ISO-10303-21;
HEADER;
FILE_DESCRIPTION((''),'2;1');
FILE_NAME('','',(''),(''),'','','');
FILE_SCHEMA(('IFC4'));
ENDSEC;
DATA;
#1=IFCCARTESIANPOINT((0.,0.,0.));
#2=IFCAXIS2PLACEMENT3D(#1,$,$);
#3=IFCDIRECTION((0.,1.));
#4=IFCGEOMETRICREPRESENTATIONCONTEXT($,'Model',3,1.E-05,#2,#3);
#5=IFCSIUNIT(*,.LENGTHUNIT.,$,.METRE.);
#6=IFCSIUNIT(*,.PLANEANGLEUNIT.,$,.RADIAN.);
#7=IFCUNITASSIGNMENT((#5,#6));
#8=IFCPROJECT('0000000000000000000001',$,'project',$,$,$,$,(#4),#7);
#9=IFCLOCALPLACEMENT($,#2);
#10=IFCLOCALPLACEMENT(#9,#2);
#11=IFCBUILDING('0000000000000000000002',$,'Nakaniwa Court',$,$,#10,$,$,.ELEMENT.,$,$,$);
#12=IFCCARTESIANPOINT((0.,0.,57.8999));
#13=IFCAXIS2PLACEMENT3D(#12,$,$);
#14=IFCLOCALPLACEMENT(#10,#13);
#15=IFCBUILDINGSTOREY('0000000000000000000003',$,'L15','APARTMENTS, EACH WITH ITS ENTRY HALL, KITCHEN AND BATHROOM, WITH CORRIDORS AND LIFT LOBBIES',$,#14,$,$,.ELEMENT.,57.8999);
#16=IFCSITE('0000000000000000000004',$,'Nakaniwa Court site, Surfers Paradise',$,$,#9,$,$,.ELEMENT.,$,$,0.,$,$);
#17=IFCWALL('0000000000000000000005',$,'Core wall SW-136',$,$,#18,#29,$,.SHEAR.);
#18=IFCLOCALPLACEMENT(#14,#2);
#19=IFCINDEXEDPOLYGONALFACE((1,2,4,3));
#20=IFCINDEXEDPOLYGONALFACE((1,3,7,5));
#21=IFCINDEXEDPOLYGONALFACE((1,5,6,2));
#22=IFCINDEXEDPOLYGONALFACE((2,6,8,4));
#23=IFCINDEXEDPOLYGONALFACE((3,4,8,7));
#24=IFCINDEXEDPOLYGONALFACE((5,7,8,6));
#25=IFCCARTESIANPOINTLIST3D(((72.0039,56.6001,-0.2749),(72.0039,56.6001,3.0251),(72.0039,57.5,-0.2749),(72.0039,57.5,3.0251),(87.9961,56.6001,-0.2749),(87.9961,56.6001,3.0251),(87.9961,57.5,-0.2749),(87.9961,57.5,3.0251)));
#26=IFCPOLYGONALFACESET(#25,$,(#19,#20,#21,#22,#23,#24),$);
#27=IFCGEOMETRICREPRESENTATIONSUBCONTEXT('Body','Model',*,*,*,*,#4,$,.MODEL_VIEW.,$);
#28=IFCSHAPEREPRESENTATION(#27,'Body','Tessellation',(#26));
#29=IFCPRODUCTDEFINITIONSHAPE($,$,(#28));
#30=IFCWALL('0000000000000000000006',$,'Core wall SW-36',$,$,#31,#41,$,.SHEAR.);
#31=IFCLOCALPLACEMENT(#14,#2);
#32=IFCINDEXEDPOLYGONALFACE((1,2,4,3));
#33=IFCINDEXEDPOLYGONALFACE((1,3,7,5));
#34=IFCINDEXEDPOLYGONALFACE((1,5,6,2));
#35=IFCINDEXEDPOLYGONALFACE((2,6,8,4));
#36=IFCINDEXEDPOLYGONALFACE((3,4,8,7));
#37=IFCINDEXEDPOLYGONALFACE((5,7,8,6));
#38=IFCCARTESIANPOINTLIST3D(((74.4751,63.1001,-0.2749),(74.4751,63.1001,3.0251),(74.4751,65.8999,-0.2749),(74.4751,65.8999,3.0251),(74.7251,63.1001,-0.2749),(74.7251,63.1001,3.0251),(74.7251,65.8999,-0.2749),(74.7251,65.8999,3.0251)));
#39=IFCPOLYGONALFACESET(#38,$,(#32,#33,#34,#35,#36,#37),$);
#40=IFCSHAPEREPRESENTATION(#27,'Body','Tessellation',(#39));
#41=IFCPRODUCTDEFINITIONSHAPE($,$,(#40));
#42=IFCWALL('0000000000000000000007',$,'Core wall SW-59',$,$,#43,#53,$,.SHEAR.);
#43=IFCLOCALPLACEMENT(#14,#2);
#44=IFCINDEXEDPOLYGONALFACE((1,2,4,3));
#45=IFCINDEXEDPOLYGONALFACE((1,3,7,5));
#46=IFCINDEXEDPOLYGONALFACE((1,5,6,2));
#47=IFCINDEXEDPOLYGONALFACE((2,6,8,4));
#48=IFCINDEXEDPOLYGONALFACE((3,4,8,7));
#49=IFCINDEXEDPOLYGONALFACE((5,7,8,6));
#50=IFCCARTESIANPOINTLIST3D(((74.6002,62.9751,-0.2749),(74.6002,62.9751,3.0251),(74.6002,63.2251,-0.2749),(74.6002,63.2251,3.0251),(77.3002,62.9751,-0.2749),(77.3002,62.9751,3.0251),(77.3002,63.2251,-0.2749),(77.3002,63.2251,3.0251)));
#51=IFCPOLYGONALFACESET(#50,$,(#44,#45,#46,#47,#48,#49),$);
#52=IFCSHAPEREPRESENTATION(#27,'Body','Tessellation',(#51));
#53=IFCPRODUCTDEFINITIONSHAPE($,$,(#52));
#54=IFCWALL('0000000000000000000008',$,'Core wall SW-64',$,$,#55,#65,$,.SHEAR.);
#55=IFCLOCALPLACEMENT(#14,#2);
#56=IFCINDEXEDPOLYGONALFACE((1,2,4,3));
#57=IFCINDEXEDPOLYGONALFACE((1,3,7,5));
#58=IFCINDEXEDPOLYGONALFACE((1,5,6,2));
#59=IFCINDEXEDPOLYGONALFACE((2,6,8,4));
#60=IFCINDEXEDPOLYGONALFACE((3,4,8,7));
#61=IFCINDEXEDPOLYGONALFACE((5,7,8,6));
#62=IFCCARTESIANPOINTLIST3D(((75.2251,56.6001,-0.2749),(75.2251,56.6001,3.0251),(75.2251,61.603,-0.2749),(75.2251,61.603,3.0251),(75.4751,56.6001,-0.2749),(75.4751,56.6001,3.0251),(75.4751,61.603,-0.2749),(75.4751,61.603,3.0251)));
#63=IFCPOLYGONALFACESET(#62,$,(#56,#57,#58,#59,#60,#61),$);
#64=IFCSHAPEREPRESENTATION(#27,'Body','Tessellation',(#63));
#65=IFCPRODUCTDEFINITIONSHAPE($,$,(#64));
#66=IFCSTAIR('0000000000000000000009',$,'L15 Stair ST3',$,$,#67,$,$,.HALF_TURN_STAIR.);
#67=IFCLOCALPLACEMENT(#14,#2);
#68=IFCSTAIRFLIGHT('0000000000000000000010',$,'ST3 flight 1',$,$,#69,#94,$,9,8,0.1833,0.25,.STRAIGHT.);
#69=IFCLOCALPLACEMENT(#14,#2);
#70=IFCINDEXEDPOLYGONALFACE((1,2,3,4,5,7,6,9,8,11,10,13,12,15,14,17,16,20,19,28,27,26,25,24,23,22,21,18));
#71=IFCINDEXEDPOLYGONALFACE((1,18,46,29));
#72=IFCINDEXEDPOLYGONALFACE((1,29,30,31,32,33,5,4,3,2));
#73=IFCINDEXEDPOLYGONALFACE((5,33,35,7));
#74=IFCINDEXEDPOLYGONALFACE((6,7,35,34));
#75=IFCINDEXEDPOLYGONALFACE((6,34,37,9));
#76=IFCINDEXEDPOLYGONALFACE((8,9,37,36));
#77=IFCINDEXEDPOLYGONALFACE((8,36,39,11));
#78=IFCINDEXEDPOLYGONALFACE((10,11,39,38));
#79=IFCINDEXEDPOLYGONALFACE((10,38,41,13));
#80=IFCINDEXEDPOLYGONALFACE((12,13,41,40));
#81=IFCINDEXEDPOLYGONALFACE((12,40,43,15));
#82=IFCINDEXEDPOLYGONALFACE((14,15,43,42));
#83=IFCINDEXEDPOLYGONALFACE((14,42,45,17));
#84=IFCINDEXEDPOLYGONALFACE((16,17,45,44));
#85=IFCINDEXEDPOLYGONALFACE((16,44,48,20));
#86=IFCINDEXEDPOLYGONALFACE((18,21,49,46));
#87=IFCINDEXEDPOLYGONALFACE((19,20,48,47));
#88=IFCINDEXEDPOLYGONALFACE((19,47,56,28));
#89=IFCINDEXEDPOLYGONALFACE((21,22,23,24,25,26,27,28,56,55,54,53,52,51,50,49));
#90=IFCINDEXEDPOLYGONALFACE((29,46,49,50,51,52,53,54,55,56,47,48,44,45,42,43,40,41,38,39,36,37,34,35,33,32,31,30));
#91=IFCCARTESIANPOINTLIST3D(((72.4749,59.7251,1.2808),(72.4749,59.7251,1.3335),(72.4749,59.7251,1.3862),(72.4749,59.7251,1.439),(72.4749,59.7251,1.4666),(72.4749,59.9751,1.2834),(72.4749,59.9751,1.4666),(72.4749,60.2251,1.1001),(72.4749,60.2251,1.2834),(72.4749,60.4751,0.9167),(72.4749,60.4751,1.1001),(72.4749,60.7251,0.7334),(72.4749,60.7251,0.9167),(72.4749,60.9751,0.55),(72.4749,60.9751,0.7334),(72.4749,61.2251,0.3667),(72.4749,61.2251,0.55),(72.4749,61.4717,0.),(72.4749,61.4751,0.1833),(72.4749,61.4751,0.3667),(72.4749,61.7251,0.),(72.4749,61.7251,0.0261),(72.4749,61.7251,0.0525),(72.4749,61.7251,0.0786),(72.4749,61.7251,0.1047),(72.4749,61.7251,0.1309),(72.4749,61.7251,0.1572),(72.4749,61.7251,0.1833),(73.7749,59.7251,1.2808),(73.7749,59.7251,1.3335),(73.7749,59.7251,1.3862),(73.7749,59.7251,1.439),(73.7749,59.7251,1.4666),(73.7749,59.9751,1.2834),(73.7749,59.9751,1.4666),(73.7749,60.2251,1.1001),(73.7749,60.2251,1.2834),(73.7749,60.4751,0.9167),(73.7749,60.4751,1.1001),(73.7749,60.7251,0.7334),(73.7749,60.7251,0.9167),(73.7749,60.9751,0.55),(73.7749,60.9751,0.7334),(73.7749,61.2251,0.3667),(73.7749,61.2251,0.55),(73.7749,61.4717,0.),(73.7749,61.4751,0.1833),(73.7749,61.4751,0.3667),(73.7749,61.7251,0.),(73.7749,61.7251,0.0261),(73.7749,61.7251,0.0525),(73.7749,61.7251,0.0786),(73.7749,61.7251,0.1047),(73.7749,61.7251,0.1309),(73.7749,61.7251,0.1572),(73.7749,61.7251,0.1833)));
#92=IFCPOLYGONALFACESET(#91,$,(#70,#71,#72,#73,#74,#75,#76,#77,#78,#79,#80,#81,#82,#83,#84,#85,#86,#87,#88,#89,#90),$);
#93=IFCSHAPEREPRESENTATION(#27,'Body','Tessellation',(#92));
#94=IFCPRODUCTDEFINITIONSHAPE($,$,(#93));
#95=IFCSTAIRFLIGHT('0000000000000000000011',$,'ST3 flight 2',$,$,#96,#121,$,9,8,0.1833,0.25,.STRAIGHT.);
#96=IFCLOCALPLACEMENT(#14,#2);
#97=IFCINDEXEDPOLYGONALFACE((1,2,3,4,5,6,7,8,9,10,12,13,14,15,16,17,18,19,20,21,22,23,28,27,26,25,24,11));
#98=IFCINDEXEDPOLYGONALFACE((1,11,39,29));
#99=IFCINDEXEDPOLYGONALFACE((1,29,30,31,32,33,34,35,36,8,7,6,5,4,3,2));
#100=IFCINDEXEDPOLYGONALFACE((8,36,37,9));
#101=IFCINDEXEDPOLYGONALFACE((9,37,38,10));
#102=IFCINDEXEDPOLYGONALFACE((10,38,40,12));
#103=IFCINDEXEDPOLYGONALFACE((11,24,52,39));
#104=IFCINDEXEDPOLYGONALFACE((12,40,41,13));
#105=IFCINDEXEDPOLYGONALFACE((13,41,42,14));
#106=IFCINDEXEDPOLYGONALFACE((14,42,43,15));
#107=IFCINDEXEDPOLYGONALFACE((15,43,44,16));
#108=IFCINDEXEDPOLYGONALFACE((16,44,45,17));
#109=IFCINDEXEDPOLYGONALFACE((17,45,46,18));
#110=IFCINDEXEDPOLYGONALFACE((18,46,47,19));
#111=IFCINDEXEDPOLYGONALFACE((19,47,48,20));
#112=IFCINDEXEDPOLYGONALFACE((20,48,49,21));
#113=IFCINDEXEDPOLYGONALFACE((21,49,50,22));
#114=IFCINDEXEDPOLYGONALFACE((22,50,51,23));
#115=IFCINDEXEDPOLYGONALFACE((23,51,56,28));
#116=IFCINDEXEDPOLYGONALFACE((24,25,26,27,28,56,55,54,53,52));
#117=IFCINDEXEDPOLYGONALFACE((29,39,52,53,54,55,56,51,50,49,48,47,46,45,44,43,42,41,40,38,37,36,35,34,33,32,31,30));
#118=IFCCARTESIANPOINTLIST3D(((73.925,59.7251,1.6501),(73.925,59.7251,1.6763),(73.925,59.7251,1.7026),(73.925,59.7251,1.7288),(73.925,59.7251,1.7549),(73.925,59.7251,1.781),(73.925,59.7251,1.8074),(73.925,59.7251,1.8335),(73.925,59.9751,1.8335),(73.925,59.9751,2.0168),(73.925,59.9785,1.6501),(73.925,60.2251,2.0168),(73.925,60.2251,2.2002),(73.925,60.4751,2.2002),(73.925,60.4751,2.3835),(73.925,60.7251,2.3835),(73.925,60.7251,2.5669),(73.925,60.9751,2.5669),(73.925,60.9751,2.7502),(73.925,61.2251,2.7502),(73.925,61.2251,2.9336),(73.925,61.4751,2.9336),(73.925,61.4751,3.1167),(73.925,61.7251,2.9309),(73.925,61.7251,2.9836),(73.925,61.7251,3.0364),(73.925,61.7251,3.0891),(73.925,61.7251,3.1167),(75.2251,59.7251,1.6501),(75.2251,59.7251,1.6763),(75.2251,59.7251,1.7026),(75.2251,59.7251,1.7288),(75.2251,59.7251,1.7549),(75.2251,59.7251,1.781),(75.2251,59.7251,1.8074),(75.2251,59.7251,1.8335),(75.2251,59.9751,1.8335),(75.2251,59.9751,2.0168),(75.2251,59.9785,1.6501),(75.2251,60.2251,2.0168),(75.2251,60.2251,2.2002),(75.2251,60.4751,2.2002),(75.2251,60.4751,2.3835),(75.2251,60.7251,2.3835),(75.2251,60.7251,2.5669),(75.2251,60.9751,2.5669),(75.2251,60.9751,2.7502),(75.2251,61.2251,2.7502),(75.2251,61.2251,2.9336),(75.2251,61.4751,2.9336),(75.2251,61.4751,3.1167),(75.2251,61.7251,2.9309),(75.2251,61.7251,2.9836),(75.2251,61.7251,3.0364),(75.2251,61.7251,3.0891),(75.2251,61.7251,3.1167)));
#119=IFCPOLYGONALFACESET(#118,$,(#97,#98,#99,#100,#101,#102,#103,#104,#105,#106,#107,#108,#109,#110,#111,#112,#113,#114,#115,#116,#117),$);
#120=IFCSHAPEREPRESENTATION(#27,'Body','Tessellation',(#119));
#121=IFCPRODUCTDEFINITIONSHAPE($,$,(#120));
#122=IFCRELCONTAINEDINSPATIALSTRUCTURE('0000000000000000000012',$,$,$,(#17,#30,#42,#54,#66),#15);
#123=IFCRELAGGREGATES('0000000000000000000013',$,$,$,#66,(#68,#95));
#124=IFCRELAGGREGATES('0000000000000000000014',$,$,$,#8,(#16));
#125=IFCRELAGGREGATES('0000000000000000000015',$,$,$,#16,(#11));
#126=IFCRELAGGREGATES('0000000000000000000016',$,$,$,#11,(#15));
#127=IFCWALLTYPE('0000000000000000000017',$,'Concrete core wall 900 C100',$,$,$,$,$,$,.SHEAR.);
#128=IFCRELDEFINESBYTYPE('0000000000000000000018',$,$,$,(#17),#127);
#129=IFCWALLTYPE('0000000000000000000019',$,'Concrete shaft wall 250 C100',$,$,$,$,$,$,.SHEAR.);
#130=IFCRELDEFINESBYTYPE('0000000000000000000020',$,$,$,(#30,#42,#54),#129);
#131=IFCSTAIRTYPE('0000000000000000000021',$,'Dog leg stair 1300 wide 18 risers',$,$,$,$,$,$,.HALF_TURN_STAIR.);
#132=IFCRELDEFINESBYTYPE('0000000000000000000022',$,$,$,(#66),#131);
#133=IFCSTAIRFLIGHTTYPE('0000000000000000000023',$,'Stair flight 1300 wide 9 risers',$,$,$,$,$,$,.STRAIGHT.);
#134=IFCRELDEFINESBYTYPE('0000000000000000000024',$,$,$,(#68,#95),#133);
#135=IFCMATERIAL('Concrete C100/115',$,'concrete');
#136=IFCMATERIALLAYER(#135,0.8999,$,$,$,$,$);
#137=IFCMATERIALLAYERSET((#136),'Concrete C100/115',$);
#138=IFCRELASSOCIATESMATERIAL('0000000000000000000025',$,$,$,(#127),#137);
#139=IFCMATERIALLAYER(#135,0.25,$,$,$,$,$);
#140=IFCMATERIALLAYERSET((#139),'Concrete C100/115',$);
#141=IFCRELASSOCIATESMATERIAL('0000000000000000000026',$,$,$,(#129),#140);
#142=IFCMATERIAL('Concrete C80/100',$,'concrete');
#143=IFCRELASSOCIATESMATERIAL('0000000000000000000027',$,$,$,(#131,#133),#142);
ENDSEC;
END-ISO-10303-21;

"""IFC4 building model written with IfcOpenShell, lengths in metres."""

from ifc_helpers import new_model, si_unit, direction, frame, frame_2d, origin, place, context, subcontext, project, spatial, polyline, rectangle, outline, extrude, material, layer, layer_set, type_object, element, aggregate, save


model = new_model("IFC4")

# Units and contexts
model_context = context("Model", 3, precision=1e-05, world=origin(), true_north=direction((0.0, 1.0)))
body_context = subcontext(model_context, "Body", "Model", "MODEL_VIEW")
ifc_project = project(units=[si_unit("LENGTHUNIT", "METRE"), si_unit("PLANEANGLEUNIT", "RADIAN")], contexts=[model_context])

# Site, building, storey
site_placement = place(None, origin())
site = spatial("IfcSite", under=ifc_project, at=site_placement, Name="Nakaniwa Court site, Surfers Paradise", CompositionType="ELEMENT", RefElevation=0.0)
building_placement = place(site_placement, origin())
building = spatial("IfcBuilding", under=site, at=building_placement, Name="Nakaniwa Court", CompositionType="ELEMENT")
storey_placement = place(building_placement, frame((0.0, 0.0, 57.8999)))
storey = spatial("IfcBuildingStorey", under=building, at=storey_placement, Name="L15", Description="APARTMENTS, EACH WITH ITS ENTRY HALL, KITCHEN AND BATHROOM, WITH CORRIDORS AND LIFT LOBBIES", CompositionType="ELEMENT", Elevation=57.8999)

# Shared definitions
ifc_material_1 = material(Name="Concrete C80/100", Category="concrete")

# Shared definitions
ifc_material_2 = material(Name="Concrete C100/115", Category="concrete")

# Walls
ifc_layer_1 = layer(ifc_material_2, 0.8999)
ifc_layer_set_1 = layer_set([ifc_layer_1], Name="Concrete C100/115")
wall_type_1 = type_object("IfcWallType", Name="Concrete core wall 900 C100", PredefinedType="SHEAR", material=ifc_layer_set_1)
wall_1_placement = place(storey_placement, frame((72.0039, 57.05, -0.2749), z_axis=(0.0, 0.0, 1.0), x_axis=(1.0, 0.0, 0.0)))
element("IfcWall", 1, at=wall_1_placement, inside=storey, type_object=wall_type_1, Name="Core wall SW-136", PredefinedType="SHEAR", context=body_context, shape_type="SweptSolid", body=[
    extrude(rectangle(XDim=15.9922, YDim=0.8999, at=frame_2d((7.9961, 0.0))), origin(), (0.0, 0.0, 1.0), 3.3),
])
ifc_layer_2 = layer(ifc_material_2, 0.25)
ifc_layer_set_2 = layer_set([ifc_layer_2], Name="Concrete C100/115")
wall_type_2 = type_object("IfcWallType", Name="Concrete shaft wall 250 C100", PredefinedType="SHEAR", material=ifc_layer_set_2)
wall_2_placement = place(storey_placement, frame((74.6001, 63.1001, -0.2749), z_axis=(0.0, 0.0, 1.0), x_axis=(0.0, 1.0, 0.0)))
element("IfcWall", 2, at=wall_2_placement, inside=storey, type_object=wall_type_2, Name="Core wall SW-36", PredefinedType="SHEAR", context=body_context, shape_type="SweptSolid", body=[
    extrude(rectangle(XDim=2.7998, YDim=0.25, at=frame_2d((1.3999, 0.0))), origin(), (0.0, 0.0, 1.0), 3.3),
])
wall_3_placement = place(storey_placement, frame((74.6001, 63.1001, -0.2749), z_axis=(0.0, 0.0, 1.0), x_axis=(1.0, 0.0, 0.0)))
element("IfcWall", 3, at=wall_3_placement, inside=storey, type_object=wall_type_2, Name="Core wall SW-59", PredefinedType="SHEAR", context=body_context, shape_type="SweptSolid", body=[
    extrude(rectangle(XDim=2.7, YDim=0.25, at=frame_2d((1.3501, 0.0))), origin(), (0.0, 0.0, 1.0), 3.3),
])
wall_4_placement = place(storey_placement, frame((75.3501, 56.6001, -0.2749), z_axis=(0.0, 0.0, 1.0), x_axis=(0.0, 1.0, 0.0)))
element("IfcWall", 4, at=wall_4_placement, inside=storey, type_object=wall_type_2, Name="Core wall SW-64", PredefinedType="SHEAR", context=body_context, shape_type="SweptSolid", body=[
    extrude(rectangle(XDim=5.0029, YDim=0.25, at=frame_2d((2.5015, 0.0))), origin(), (0.0, 0.0, 1.0), 3.3),
])

# Stair, stair flights
stair_type = type_object("IfcStairType", Name="Dog leg stair 1300 wide 18 risers", PredefinedType="HALF_TURN_STAIR", material=ifc_material_1)
stair_placement = place(storey_placement, origin())
stair = element("IfcStair", 5, at=stair_placement, inside=storey, type_object=stair_type, Name="L15 Stair ST3", PredefinedType="HALF_TURN_STAIR")
stair_flight_type = type_object("IfcStairFlightType", Name="Stair flight 1300 wide 9 risers", PredefinedType="STRAIGHT", material=ifc_material_1)
stair_flight_1_placement = place(storey_placement, frame((73.125, 61.7251, 0.0), z_axis=(0.0, 0.0, 1.0), x_axis=(0.0, -1.0, 0.0)))
stair_flight_1 = element("IfcStairFlight", 6, at=stair_flight_1_placement, type_object=stair_flight_type, Name="ST3 flight 1", NumberOfRisers=9, NumberOfTreads=8, PredefinedType="STRAIGHT", RiserHeight=0.1833, TreadLength=0.25, context=body_context, shape_type="SweptSolid", body=[
    extrude(outline(polyline([(0.0, 0.0), (0.0, 0.0261), (0.0, 0.0525), (0.0, 0.0786), (0.0, 0.1047), (0.0, 0.1309), (0.0, 0.1572), (0.0, 0.1833), (0.25, 0.1833), (0.25, 0.3667), (0.5, 0.3667), (0.5, 0.55), (0.75, 0.55), (0.75, 0.7334), (1.0, 0.7334), (1.0, 0.9167), (1.25, 0.9167), (1.25, 1.1001), (1.5, 1.1001), (1.5, 1.2834), (1.75, 1.2834), (1.75, 1.4666), (2.0, 1.4666), (2.0, 1.6499), (2.0, 1.5972), (2.0, 1.5444), (2.0, 1.4917), (2.0, 1.439), (2.0, 1.3862), (2.0, 1.3335), (2.0, 1.2808), (0.2534, 0.0), (0.0, 0.0)])), frame((0.0, 0.6499, 0.0), z_axis=(0.0, -1.0, 0.0), x_axis=(1.0, 0.0, 0.0)), (0.0, 0.0, 1.0), 1.3),
])
stair_flight_2_placement = place(storey_placement, frame((74.575, 59.7251, 1.6501), z_axis=(0.0, 0.0, 1.0), x_axis=(0.0, 1.0, 0.0)))
stair_flight_2 = element("IfcStairFlight", 7, at=stair_flight_2_placement, type_object=stair_flight_type, Name="ST3 flight 2", NumberOfRisers=9, NumberOfTreads=8, PredefinedType="STRAIGHT", RiserHeight=0.1833, TreadLength=0.25, context=body_context, shape_type="SweptSolid", body=[
    extrude(outline(polyline([(0.0, 0.0), (0.0, 0.0261), (0.0, 0.0525), (0.0, 0.0786), (0.0, 0.1047), (0.0, 0.1309), (0.0, 0.1572), (0.0, 0.1833), (0.25, 0.1833), (0.25, 0.3667), (0.5, 0.3667), (0.5, 0.55), (0.75, 0.55), (0.75, 0.7334), (1.0, 0.7334), (1.0, 0.9167), (1.25, 0.9167), (1.25, 1.1001), (1.5, 1.1001), (1.5, 1.2834), (1.75, 1.2834), (1.75, 1.4666), (2.0, 1.4666), (2.0, 1.6499), (2.0, 1.5972), (2.0, 1.5444), (2.0, 1.4917), (2.0, 1.439), (2.0, 1.3862), (2.0, 1.3335), (2.0, 1.2808), (0.2534, 0.0), (0.0, 0.0)])), frame((0.0, 0.6499, 0.0), z_axis=(0.0, -1.0, 0.0), x_axis=(1.0, 0.0, 0.0)), (0.0, 0.0, 1.0), 1.3),
])
aggregate(stair, [stair_flight_1, stair_flight_2])

save(model, "model.ifc")
